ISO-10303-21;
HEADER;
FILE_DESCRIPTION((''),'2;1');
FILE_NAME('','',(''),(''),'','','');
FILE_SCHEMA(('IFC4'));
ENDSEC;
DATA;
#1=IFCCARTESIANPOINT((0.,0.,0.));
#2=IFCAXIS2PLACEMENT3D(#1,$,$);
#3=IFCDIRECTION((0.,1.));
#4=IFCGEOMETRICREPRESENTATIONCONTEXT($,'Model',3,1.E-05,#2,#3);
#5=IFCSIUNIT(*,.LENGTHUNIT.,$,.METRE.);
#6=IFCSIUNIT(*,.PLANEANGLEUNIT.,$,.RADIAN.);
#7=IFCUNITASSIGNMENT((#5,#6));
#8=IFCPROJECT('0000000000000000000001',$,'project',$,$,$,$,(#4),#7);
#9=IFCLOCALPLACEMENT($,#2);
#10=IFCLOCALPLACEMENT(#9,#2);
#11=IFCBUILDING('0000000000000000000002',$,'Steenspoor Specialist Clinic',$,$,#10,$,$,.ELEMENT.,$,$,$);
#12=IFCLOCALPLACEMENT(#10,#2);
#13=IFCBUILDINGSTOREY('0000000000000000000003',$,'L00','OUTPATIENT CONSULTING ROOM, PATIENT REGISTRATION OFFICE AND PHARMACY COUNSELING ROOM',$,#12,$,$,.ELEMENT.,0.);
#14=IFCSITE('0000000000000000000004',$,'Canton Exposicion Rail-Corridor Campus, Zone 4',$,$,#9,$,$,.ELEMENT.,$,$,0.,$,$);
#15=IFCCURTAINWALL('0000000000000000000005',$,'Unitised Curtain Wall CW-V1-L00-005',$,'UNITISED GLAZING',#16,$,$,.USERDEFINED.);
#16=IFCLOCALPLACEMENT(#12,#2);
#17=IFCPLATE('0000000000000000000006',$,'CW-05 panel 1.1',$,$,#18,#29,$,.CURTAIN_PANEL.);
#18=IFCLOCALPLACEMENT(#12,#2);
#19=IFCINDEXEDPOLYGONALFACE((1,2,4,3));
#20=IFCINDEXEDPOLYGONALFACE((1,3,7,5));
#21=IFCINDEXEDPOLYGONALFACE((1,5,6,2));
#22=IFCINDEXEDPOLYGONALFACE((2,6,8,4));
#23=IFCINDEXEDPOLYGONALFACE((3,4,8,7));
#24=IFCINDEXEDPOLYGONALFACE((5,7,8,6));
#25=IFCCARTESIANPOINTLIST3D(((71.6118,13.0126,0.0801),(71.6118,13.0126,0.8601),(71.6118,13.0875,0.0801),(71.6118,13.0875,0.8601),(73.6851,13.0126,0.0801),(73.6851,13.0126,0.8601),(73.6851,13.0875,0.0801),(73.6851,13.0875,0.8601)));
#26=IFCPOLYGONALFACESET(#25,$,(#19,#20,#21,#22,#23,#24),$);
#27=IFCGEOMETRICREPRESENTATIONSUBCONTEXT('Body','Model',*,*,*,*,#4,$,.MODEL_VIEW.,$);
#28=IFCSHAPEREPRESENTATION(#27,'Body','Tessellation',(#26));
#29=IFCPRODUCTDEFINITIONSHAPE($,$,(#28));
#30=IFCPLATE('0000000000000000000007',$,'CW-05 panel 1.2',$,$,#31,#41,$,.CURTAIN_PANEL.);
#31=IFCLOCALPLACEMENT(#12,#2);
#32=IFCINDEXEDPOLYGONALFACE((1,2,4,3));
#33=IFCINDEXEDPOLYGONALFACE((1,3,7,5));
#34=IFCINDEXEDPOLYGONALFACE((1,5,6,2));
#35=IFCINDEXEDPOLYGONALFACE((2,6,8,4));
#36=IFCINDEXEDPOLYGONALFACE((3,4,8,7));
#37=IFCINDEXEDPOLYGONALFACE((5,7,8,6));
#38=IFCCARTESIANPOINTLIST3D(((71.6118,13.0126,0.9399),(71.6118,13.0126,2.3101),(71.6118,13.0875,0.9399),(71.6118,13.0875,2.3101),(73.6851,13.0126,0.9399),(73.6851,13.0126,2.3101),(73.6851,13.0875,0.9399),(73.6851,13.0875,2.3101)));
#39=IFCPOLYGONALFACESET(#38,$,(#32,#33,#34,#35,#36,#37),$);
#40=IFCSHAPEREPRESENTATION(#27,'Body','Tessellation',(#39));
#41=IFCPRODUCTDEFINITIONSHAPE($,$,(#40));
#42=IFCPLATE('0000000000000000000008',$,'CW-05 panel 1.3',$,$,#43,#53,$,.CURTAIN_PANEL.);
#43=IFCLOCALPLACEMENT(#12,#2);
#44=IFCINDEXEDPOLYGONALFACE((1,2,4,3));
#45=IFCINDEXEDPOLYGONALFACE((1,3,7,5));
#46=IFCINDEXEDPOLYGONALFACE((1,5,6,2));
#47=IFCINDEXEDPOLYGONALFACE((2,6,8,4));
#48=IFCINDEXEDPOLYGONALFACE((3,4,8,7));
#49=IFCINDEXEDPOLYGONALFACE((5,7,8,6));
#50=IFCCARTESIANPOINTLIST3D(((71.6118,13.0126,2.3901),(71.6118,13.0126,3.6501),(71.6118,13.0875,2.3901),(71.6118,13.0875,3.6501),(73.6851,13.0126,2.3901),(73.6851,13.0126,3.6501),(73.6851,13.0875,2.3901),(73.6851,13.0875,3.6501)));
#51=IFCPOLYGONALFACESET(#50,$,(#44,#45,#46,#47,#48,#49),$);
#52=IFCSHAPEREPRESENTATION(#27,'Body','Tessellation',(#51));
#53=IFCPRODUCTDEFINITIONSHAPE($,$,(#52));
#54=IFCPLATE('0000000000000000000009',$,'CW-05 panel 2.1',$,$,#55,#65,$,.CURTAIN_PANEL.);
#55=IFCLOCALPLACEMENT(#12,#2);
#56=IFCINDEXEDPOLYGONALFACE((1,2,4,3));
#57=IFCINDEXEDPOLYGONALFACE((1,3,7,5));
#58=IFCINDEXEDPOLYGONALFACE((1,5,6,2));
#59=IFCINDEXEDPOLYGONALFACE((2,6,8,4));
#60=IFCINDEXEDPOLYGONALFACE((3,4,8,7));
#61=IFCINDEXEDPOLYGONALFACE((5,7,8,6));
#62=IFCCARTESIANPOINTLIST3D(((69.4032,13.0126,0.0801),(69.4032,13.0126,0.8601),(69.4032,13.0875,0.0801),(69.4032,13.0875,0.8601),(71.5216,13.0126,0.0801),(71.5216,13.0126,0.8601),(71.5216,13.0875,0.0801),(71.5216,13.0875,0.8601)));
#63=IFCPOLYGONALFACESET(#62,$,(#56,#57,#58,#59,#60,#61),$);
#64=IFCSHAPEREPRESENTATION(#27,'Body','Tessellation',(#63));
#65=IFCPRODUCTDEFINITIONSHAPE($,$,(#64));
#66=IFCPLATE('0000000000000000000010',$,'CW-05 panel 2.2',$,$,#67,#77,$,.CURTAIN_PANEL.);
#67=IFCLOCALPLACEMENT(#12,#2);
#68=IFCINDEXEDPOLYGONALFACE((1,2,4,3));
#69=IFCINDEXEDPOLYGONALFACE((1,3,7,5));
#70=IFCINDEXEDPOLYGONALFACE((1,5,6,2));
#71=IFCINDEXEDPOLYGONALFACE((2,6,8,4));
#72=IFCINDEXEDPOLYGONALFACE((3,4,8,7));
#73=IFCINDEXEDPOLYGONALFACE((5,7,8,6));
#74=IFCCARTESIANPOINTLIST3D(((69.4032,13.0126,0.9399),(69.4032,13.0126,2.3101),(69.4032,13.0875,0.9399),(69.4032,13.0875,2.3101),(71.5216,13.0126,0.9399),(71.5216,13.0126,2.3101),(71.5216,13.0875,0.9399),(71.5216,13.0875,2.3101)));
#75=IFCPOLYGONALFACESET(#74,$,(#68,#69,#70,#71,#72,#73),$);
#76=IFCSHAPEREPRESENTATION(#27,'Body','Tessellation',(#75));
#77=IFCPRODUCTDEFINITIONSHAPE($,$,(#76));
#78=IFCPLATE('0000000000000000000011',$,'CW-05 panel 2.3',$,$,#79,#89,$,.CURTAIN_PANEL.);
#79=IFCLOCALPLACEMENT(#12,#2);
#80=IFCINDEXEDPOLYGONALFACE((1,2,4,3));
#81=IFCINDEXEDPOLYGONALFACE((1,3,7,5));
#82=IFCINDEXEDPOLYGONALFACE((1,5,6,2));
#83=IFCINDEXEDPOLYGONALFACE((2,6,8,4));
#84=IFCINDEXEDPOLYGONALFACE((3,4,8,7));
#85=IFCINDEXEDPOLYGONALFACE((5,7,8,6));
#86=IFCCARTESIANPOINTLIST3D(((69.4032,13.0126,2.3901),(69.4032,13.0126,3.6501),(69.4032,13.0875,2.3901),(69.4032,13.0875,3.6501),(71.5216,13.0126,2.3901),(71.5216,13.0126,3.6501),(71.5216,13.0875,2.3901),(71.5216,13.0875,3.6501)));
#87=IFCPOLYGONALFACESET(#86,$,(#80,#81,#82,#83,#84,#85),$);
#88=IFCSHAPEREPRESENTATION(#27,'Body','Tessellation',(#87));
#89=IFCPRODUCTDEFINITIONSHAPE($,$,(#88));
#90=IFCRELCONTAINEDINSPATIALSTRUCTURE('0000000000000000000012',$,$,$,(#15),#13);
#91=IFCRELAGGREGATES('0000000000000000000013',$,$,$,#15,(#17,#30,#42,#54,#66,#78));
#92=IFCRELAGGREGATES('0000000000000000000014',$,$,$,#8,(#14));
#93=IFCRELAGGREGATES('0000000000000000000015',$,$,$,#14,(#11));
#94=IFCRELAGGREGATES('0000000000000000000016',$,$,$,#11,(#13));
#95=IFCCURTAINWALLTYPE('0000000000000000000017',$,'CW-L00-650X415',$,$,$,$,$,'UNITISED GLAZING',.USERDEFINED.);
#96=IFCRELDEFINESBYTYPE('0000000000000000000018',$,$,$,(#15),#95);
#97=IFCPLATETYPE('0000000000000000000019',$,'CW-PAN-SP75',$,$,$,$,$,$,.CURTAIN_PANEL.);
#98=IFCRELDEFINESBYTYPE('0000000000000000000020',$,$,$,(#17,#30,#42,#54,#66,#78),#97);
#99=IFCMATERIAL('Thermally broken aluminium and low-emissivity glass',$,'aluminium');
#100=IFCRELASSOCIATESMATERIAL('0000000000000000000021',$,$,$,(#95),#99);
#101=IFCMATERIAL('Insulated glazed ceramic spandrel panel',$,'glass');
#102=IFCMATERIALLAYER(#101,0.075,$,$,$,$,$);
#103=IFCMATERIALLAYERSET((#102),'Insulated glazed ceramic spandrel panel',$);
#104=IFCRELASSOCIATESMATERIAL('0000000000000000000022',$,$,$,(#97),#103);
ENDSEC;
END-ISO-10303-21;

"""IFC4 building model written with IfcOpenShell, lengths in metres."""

from ifc_helpers import new_model, si_unit, direction, frame, origin, origin_2d, place, context, subcontext, project, spatial, rectangle, extrude, material, layer, layer_set, type_object, element, aggregate, save


model = new_model("IFC4")

# Units and contexts
model_context = context("Model", 3, precision=1e-05, world=origin(), true_north=direction((0.0, 1.0)))
body_context = subcontext(model_context, "Body", "Model", "MODEL_VIEW")
ifc_project = project(units=[si_unit("LENGTHUNIT", "METRE"), si_unit("PLANEANGLEUNIT", "RADIAN")], contexts=[model_context])

# Site, building, storey
site_placement = place(None, origin())
site = spatial("IfcSite", under=ifc_project, at=site_placement, Name="Canton Exposicion Rail-Corridor Campus, Zone 4", CompositionType="ELEMENT", RefElevation=0.0)
building_placement = place(site_placement, origin())
building = spatial("IfcBuilding", under=site, at=building_placement, Name="Steenspoor Specialist Clinic", CompositionType="ELEMENT")
storey_placement = place(building_placement, origin())
storey = spatial("IfcBuildingStorey", under=building, at=storey_placement, Name="L00", Description="OUTPATIENT CONSULTING ROOM, PATIENT REGISTRATION OFFICE AND PHARMACY COUNSELING ROOM", CompositionType="ELEMENT", Elevation=0.0)

# Curtain wall, plates
ifc_material_1 = material(Name="Thermally broken aluminium and low-emissivity glass", Category="aluminium")
curtain_wall_type = type_object("IfcCurtainWallType", Name="CW-L00-650X415", ElementType="UNITISED GLAZING", PredefinedType="USERDEFINED", material=ifc_material_1)
curtain_wall_placement = place(storey_placement, origin())
curtain_wall = element("IfcCurtainWall", 1, at=curtain_wall_placement, inside=storey, type_object=curtain_wall_type, Name="Unitised Curtain Wall CW-V1-L00-005", ObjectType="UNITISED GLAZING", PredefinedType="USERDEFINED")
ifc_material_2 = material(Name="Insulated glazed ceramic spandrel panel", Category="glass")
ifc_layer = layer(ifc_material_2, 0.075)
ifc_layer_set = layer_set([ifc_layer], Name="Insulated glazed ceramic spandrel panel")
plate_type = type_object("IfcPlateType", Name="CW-PAN-SP75", PredefinedType="CURTAIN_PANEL", material=ifc_layer_set)
plate_1_placement = place(storey_placement, frame((72.6484, 13.05, 0.0801), z_axis=(0.0, 0.0, 1.0), x_axis=(-1.0, 0.0, 0.0)))
plate_1 = element("IfcPlate", 2, at=plate_1_placement, type_object=plate_type, Name="CW-05 panel 1.1", PredefinedType="CURTAIN_PANEL", context=body_context, shape_type="SweptSolid", body=[
    extrude(rectangle(XDim=2.0732, YDim=0.075, at=origin_2d()), origin(), (0.0, 0.0, 1.0), 0.78),
])
plate_2_placement = place(storey_placement, frame((72.6484, 13.05, 0.9399), z_axis=(0.0, 0.0, 1.0), x_axis=(-1.0, 0.0, 0.0)))
plate_2 = element("IfcPlate", 3, at=plate_2_placement, type_object=plate_type, Name="CW-05 panel 1.2", PredefinedType="CURTAIN_PANEL", context=body_context, shape_type="SweptSolid", body=[
    extrude(rectangle(XDim=2.0732, YDim=0.075, at=origin_2d()), origin(), (0.0, 0.0, 1.0), 1.3701),
])
plate_3_placement = place(storey_placement, frame((72.6484, 13.05, 2.3901), z_axis=(0.0, 0.0, 1.0), x_axis=(-1.0, 0.0, 0.0)))
plate_3 = element("IfcPlate", 4, at=plate_3_placement, type_object=plate_type, Name="CW-05 panel 1.3", PredefinedType="CURTAIN_PANEL", context=body_context, shape_type="SweptSolid", body=[
    extrude(rectangle(XDim=2.0732, YDim=0.075, at=origin_2d()), origin(), (0.0, 0.0, 1.0), 1.26),
])
plate_4_placement = place(storey_placement, frame((70.4624, 13.05, 0.0801), z_axis=(0.0, 0.0, 1.0), x_axis=(-1.0, 0.0, 0.0)))
plate_4 = element("IfcPlate", 5, at=plate_4_placement, type_object=plate_type, Name="CW-05 panel 2.1", PredefinedType="CURTAIN_PANEL", context=body_context, shape_type="SweptSolid", body=[
    extrude(rectangle(XDim=2.1184, YDim=0.075, at=origin_2d()), origin(), (0.0, 0.0, 1.0), 0.78),
])
plate_5_placement = place(storey_placement, frame((70.4624, 13.05, 0.9399), z_axis=(0.0, 0.0, 1.0), x_axis=(-1.0, 0.0, 0.0)))
plate_5 = element("IfcPlate", 6, at=plate_5_placement, type_object=plate_type, Name="CW-05 panel 2.2", PredefinedType="CURTAIN_PANEL", context=body_context, shape_type="SweptSolid", body=[
    extrude(rectangle(XDim=2.1184, YDim=0.075, at=origin_2d()), origin(), (0.0, 0.0, 1.0), 1.3701),
])
plate_6_placement = place(storey_placement, frame((70.4624, 13.05, 2.3901), z_axis=(0.0, 0.0, 1.0), x_axis=(-1.0, 0.0, 0.0)))
plate_6 = element("IfcPlate", 7, at=plate_6_placement, type_object=plate_type, Name="CW-05 panel 2.3", PredefinedType="CURTAIN_PANEL", context=body_context, shape_type="SweptSolid", body=[
    extrude(rectangle(XDim=2.1184, YDim=0.075, at=origin_2d()), origin(), (0.0, 0.0, 1.0), 1.26),
])
aggregate(curtain_wall, [plate_1, plate_2, plate_3, plate_4, plate_5, plate_6])

save(model, "model.ifc")
